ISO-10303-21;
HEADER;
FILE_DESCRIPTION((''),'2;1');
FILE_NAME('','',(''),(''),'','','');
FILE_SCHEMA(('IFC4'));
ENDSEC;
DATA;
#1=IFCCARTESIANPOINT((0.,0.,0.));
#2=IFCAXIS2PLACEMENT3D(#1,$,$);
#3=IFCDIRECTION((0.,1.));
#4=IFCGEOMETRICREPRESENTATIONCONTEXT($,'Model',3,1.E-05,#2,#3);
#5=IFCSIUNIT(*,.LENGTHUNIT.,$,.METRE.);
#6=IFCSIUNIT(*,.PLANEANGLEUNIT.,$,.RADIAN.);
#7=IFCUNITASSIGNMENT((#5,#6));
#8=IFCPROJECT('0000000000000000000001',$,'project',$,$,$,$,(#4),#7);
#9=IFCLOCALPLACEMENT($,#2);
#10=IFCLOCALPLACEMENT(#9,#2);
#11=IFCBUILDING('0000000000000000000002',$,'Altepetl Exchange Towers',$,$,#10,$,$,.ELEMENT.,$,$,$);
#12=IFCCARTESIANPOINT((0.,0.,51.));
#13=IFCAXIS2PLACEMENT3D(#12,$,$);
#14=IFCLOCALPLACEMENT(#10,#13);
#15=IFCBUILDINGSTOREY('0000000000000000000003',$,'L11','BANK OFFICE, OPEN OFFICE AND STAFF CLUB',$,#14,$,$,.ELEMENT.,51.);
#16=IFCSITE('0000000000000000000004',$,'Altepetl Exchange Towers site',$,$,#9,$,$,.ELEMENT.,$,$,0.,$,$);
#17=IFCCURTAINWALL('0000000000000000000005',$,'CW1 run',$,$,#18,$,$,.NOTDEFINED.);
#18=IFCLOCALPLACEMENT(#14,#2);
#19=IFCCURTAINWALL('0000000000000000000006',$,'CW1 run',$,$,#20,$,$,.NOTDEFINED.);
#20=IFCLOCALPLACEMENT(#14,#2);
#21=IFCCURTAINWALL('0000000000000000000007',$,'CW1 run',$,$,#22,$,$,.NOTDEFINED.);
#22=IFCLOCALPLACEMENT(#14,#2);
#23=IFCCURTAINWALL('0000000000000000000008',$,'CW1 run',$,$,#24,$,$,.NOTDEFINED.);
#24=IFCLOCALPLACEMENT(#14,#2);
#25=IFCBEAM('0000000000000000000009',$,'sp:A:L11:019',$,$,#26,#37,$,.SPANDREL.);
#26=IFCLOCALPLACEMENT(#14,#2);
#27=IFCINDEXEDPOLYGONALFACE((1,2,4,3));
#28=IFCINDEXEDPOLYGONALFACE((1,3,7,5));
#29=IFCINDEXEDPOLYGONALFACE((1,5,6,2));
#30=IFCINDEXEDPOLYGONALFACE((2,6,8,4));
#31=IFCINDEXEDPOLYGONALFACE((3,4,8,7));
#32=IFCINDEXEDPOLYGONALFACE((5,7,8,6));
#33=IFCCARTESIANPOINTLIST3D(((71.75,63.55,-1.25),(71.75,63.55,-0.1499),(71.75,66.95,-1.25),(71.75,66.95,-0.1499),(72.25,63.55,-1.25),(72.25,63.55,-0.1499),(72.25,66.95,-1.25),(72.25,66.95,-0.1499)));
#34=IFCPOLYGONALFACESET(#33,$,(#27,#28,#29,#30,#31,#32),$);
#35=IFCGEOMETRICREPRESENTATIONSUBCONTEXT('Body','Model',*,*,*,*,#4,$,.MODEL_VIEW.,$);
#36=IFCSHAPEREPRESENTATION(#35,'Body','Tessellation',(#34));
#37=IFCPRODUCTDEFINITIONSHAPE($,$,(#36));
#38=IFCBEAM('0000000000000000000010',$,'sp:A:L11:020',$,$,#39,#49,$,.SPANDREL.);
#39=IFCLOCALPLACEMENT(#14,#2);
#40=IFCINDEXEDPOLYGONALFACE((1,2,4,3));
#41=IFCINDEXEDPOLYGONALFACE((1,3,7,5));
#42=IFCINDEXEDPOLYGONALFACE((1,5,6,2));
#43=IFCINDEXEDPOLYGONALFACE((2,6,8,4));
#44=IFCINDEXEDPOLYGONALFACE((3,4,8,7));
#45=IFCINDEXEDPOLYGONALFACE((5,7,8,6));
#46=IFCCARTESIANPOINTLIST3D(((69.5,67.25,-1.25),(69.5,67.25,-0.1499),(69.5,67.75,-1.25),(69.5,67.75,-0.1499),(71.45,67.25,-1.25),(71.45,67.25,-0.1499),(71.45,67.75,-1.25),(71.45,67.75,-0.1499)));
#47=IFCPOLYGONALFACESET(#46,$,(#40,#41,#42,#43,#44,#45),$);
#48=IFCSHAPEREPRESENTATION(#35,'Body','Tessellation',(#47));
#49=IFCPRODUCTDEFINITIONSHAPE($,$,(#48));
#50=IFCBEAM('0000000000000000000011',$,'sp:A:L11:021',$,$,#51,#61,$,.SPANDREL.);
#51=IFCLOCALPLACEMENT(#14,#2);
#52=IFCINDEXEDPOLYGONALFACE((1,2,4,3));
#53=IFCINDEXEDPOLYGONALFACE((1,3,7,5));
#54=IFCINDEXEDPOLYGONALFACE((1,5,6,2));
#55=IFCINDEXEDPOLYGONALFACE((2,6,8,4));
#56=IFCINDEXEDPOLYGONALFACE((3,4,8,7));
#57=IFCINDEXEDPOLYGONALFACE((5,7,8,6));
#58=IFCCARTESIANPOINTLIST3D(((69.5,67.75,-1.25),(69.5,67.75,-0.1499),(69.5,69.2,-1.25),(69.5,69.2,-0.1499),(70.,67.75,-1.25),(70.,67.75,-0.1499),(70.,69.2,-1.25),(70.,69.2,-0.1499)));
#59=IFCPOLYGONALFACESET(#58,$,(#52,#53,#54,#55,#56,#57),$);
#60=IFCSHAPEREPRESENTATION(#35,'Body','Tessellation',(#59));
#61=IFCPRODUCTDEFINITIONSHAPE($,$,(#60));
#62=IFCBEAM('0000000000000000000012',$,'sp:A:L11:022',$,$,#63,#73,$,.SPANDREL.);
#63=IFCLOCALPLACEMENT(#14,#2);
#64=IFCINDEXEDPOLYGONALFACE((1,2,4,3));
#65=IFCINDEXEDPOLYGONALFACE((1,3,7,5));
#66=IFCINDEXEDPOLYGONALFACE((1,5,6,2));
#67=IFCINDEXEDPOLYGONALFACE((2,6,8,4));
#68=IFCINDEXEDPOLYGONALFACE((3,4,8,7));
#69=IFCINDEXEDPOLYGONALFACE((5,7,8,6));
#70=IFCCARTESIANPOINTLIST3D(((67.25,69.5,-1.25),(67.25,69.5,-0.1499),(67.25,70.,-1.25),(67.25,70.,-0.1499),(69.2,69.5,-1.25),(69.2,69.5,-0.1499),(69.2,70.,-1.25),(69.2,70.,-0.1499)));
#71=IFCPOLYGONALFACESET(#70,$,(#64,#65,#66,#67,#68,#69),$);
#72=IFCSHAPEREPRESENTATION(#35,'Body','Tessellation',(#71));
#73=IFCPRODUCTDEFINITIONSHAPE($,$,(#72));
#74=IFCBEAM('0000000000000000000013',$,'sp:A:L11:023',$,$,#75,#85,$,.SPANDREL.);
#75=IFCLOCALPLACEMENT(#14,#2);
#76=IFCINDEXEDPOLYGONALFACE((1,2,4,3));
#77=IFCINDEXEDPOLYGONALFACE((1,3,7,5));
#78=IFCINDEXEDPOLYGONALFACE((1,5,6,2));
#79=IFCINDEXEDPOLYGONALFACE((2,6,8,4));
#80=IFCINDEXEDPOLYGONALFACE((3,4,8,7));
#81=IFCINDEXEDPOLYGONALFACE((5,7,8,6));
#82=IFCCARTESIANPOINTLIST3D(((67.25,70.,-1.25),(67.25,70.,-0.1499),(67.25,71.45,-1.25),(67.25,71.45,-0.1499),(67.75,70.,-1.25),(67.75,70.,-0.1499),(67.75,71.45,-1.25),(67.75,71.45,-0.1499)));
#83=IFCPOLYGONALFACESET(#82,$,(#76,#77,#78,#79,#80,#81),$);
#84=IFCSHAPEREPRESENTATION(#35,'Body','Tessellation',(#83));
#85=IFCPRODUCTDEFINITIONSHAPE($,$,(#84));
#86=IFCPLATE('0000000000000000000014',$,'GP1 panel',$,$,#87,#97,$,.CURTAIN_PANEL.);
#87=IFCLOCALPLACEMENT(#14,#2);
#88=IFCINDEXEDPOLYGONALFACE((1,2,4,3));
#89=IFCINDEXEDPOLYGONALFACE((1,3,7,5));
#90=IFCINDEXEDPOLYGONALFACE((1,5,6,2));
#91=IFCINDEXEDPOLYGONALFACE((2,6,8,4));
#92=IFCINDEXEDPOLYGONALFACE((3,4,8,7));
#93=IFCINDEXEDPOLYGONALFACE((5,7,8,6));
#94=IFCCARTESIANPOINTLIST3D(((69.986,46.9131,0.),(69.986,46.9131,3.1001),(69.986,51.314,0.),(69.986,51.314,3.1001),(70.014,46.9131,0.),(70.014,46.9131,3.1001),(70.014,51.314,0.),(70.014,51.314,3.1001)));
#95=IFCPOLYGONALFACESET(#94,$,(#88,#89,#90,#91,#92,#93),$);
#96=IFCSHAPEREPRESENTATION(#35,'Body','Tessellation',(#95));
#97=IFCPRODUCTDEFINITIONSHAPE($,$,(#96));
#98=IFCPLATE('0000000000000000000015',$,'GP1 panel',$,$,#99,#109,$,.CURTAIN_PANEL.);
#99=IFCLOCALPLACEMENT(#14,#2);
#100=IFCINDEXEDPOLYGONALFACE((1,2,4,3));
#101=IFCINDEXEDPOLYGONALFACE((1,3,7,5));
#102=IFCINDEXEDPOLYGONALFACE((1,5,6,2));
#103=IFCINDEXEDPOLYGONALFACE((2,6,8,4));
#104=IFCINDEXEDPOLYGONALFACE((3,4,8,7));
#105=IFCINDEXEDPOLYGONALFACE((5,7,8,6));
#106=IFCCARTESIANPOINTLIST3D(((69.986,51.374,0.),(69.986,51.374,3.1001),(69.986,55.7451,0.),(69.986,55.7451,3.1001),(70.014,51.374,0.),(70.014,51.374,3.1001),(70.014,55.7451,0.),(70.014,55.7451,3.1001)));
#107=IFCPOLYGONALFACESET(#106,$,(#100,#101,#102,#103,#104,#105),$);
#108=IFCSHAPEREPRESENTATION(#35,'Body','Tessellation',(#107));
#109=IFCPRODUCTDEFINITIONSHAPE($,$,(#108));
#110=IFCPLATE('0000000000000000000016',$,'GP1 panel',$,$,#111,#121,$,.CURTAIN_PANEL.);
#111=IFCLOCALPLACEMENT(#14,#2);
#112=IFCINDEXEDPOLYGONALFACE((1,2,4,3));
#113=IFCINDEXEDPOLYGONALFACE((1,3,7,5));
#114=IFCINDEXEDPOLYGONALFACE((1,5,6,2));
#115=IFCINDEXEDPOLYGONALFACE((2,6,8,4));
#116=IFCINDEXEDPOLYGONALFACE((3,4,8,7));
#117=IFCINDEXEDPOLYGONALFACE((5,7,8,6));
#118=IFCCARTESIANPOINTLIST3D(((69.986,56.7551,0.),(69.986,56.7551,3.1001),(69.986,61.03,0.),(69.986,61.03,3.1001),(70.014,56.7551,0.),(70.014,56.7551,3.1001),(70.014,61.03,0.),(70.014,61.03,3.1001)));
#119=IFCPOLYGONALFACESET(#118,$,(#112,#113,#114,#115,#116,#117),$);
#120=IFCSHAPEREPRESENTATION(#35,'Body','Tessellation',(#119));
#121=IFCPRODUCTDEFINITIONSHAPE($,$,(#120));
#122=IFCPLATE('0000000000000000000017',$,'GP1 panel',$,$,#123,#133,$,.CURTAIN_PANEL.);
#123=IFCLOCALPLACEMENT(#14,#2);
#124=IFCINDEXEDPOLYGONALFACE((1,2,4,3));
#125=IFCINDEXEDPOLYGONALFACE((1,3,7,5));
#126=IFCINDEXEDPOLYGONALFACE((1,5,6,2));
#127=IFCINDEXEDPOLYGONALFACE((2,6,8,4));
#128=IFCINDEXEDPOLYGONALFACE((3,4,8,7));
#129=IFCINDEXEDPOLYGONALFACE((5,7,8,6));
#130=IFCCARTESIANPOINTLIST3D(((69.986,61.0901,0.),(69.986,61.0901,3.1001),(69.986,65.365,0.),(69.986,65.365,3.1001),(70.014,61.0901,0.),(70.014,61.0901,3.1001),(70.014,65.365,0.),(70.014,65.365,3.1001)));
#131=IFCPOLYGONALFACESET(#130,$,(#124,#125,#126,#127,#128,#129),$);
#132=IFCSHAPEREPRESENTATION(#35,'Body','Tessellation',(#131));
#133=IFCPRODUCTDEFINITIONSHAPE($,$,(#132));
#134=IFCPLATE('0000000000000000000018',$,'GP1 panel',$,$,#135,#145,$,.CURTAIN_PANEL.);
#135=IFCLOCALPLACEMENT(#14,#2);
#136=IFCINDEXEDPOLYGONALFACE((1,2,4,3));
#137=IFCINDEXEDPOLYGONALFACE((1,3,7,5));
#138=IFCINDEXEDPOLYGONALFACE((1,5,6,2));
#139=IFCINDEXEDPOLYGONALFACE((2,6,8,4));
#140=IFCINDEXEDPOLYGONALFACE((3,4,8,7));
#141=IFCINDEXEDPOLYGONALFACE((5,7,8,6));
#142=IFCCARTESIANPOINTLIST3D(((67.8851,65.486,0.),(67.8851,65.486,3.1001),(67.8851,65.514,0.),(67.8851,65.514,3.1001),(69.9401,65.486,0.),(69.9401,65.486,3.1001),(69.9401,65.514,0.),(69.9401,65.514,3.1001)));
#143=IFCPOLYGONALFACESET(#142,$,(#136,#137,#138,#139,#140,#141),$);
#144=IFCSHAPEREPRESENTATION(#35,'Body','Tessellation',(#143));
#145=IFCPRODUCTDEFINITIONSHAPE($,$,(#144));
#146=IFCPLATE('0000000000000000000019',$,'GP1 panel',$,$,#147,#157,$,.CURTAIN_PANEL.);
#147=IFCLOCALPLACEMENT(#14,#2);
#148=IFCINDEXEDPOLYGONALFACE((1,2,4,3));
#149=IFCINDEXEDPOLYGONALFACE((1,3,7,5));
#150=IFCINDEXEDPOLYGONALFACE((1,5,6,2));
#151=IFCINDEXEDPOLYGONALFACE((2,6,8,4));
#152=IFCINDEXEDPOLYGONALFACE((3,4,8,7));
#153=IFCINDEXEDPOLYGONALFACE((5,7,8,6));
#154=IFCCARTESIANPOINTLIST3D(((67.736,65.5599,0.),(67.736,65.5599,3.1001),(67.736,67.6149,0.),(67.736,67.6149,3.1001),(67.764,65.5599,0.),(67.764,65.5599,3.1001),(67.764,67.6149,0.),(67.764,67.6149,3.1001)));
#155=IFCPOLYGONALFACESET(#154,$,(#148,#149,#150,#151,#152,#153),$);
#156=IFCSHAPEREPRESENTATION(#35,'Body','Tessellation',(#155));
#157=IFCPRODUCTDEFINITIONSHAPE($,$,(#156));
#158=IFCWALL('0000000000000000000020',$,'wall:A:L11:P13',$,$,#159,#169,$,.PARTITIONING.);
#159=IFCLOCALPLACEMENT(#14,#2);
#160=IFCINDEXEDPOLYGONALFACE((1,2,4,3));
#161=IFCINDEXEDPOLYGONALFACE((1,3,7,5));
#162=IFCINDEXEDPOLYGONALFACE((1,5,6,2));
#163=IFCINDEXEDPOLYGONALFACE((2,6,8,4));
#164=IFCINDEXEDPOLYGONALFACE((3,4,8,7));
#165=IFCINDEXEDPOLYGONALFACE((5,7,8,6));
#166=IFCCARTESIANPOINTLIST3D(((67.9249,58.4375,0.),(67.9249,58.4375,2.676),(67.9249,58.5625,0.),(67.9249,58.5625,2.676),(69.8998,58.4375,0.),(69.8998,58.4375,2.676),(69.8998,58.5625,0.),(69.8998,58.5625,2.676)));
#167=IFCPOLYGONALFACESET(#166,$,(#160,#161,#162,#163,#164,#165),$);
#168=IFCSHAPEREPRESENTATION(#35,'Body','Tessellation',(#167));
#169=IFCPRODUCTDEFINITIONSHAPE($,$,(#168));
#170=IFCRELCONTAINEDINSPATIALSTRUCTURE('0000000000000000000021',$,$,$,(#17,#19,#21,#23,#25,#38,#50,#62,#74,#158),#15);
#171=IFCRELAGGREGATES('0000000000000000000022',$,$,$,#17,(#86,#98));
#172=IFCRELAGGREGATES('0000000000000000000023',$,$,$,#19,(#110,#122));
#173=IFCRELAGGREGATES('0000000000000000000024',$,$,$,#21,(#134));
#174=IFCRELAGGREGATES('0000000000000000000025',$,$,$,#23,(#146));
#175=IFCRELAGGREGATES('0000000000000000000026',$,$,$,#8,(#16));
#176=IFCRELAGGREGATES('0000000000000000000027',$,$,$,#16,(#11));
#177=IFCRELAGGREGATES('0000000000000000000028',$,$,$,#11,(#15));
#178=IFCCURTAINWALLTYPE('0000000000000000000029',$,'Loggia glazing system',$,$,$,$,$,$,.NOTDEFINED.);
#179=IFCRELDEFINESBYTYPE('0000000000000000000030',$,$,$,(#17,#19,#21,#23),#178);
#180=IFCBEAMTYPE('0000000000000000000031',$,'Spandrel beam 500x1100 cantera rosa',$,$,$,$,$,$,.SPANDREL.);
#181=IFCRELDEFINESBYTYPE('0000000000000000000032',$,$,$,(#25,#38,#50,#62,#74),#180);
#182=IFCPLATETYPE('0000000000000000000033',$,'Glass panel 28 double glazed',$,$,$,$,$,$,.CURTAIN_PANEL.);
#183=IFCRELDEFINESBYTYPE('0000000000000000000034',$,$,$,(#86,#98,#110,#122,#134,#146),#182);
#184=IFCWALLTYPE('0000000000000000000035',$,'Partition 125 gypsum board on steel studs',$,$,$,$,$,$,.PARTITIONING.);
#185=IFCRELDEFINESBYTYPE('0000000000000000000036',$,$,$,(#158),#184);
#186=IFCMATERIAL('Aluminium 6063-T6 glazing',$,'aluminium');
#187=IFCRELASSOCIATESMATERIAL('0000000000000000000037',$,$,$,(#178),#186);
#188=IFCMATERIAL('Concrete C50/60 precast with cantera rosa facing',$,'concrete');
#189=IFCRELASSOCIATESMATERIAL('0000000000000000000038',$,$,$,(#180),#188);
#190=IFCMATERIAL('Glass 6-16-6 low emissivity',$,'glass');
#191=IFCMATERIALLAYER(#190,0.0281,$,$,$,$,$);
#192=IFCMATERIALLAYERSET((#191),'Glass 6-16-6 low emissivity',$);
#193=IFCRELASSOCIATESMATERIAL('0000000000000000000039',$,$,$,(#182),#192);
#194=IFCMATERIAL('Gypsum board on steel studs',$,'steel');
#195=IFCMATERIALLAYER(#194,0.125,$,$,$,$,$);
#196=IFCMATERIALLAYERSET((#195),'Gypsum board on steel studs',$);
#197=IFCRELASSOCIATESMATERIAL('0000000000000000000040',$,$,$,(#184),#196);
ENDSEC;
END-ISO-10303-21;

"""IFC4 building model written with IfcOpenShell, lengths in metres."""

from ifc_helpers import new_model, si_unit, direction, frame, frame_2d, origin, origin_2d, place, context, subcontext, project, spatial, rectangle, extrude, material, layer, layer_set, material_profile, profile_set, type_object, element, aggregate, save


model = new_model("IFC4")

# Units and contexts
model_context = context("Model", 3, precision=1e-05, world=origin(), true_north=direction((0.0, 1.0)))
body_context = subcontext(model_context, "Body", "Model", "MODEL_VIEW")
ifc_project = project(units=[si_unit("LENGTHUNIT", "METRE"), si_unit("PLANEANGLEUNIT", "RADIAN")], contexts=[model_context])

# Site, building, storey
site_placement = place(None, origin())
site = spatial("IfcSite", under=ifc_project, at=site_placement, Name="Altepetl Exchange Towers site", CompositionType="ELEMENT", RefElevation=0.0)
building_placement = place(site_placement, origin())
building = spatial("IfcBuilding", under=site, at=building_placement, Name="Altepetl Exchange Towers", CompositionType="ELEMENT")
storey_placement = place(building_placement, frame((0.0, 0.0, 51.0)))
storey = spatial("IfcBuildingStorey", under=building, at=storey_placement, Name="L11", Description="BANK OFFICE, OPEN OFFICE AND STAFF CLUB", CompositionType="ELEMENT", Elevation=51.0)

# Curtain walls
ifc_material_1 = material(Name="Aluminium 6063-T6 glazing", Category="aluminium")
curtain_wall_type = type_object("IfcCurtainWallType", Name="Loggia glazing system", PredefinedType="NOTDEFINED", material=ifc_material_1)
curtain_wall_1_placement = place(storey_placement, origin())
curtain_wall_1 = element("IfcCurtainWall", 1, at=curtain_wall_1_placement, inside=storey, type_object=curtain_wall_type, Name="CW1 run", PredefinedType="NOTDEFINED")
curtain_wall_2_placement = place(storey_placement, origin())
curtain_wall_2 = element("IfcCurtainWall", 2, at=curtain_wall_2_placement, inside=storey, type_object=curtain_wall_type, Name="CW1 run", PredefinedType="NOTDEFINED")
curtain_wall_3_placement = place(storey_placement, origin())
curtain_wall_3 = element("IfcCurtainWall", 3, at=curtain_wall_3_placement, inside=storey, type_object=curtain_wall_type, Name="CW1 run", PredefinedType="NOTDEFINED")
curtain_wall_4_placement = place(storey_placement, origin())
curtain_wall_4 = element("IfcCurtainWall", 4, at=curtain_wall_4_placement, inside=storey, type_object=curtain_wall_type, Name="CW1 run", PredefinedType="NOTDEFINED")

# Beams
ifc_material_2 = material(Name="Concrete C50/60 precast with cantera rosa facing", Category="concrete")
ifc_material_profile_1 = material_profile(ifc_material_2, rectangle(XDim=0.5, YDim=1.1001, at=origin_2d()), Name="500 x 1100")
ifc_profile_set_1 = profile_set([ifc_material_profile_1], Name="Concrete C50/60 precast with cantera rosa facing")
beam_type_1 = type_object("IfcBeamType", Name="Spandrel beam 500x1100 cantera rosa", PredefinedType="SPANDREL", material=ifc_profile_set_1)
for number, where, z_axis, x_axis, name in (
    (5, (72.0, 63.55, -0.7), (0.0, 1.0, 0.0), (-1.0, 0.0, 0.0), "sp:A:L11:019"),
):
    element("IfcBeam", number, at=place(storey_placement, frame(where, z_axis=z_axis, x_axis=x_axis)), inside=storey, type_object=beam_type_1, Name=name, PredefinedType="SPANDREL", context=body_context, shape_type="SweptSolid", body=[
        extrude(rectangle(XDim=0.5, YDim=1.1001, at=origin_2d()), origin(), (0.0, 0.0, 1.0), 3.3999),
    ])
beam_1_placement = place(storey_placement, frame((71.45, 67.5, -0.7), z_axis=(-1.0, 0.0, 0.0), x_axis=(0.0, -1.0, 0.0)))
element("IfcBeam", 6, at=beam_1_placement, inside=storey, type_object=beam_type_1, Name="sp:A:L11:020", PredefinedType="SPANDREL", context=body_context, shape_type="SweptSolid", body=[
    extrude(rectangle(XDim=0.5, YDim=1.1001, at=origin_2d()), origin(), (0.0, 0.0, 1.0), 1.95),
])
beam_2_placement = place(storey_placement, frame((69.75, 67.75, -0.7), z_axis=(0.0, 1.0, 0.0), x_axis=(-1.0, 0.0, 0.0)))
element("IfcBeam", 7, at=beam_2_placement, inside=storey, type_object=beam_type_1, Name="sp:A:L11:021", PredefinedType="SPANDREL", context=body_context, shape_type="SweptSolid", body=[
    extrude(rectangle(XDim=0.5, YDim=1.1001, at=origin_2d()), origin(), (0.0, 0.0, 1.0), 1.45),
])
beam_3_placement = place(storey_placement, frame((69.2, 69.75, -0.7), z_axis=(-1.0, 0.0, 0.0), x_axis=(0.0, -1.0, 0.0)))
element("IfcBeam", 8, at=beam_3_placement, inside=storey, type_object=beam_type_1, Name="sp:A:L11:022", PredefinedType="SPANDREL", context=body_context, shape_type="SweptSolid", body=[
    extrude(rectangle(XDim=0.5, YDim=1.1001, at=origin_2d()), origin(), (0.0, 0.0, 1.0), 1.95),
])
beam_4_placement = place(storey_placement, frame((67.5, 70.0, -0.7), z_axis=(0.0, 1.0, 0.0), x_axis=(-1.0, 0.0, 0.0)))
element("IfcBeam", 9, at=beam_4_placement, inside=storey, type_object=beam_type_1, Name="sp:A:L11:023", PredefinedType="SPANDREL", context=body_context, shape_type="SweptSolid", body=[
    extrude(rectangle(XDim=0.5, YDim=1.1001, at=origin_2d()), origin(), (0.0, 0.0, 1.0), 1.45),
])

# Plates
ifc_material_3 = material(Name="Glass 6-16-6 low emissivity", Category="glass")
ifc_layer_1 = layer(ifc_material_3, 0.0281)
ifc_layer_set_1 = layer_set([ifc_layer_1], Name="Glass 6-16-6 low emissivity")
plate_type = type_object("IfcPlateType", Name="Glass panel 28 double glazed", PredefinedType="CURTAIN_PANEL", material=ifc_layer_set_1)
plate_1_placement = place(storey_placement, frame((70.0, 49.1135, 0.0), z_axis=(0.0, 0.0, 1.0), x_axis=(0.0, 1.0, 0.0)))
plate_1 = element("IfcPlate", 10, at=plate_1_placement, type_object=plate_type, Name="GP1 panel", PredefinedType="CURTAIN_PANEL", context=body_context, shape_type="SweptSolid", body=[
    extrude(rectangle(XDim=4.4009, YDim=0.0281, at=origin_2d()), origin(), (0.0, 0.0, 1.0), 3.1001),
])
plate_2_placement = place(storey_placement, frame((70.0, 53.5596, 0.0), z_axis=(0.0, 0.0, 1.0), x_axis=(0.0, 1.0, 0.0)))
plate_2 = element("IfcPlate", 11, at=plate_2_placement, type_object=plate_type, Name="GP1 panel", PredefinedType="CURTAIN_PANEL", context=body_context, shape_type="SweptSolid", body=[
    extrude(rectangle(XDim=4.3711, YDim=0.0281, at=origin_2d()), origin(), (0.0, 0.0, 1.0), 3.1001),
])
aggregate(curtain_wall_1, [plate_1, plate_2])
plate_3_placement = place(storey_placement, frame((70.0, 58.8926, 0.0), z_axis=(0.0, 0.0, 1.0), x_axis=(0.0, 1.0, 0.0)))
plate_3 = element("IfcPlate", 12, at=plate_3_placement, type_object=plate_type, Name="GP1 panel", PredefinedType="CURTAIN_PANEL", context=body_context, shape_type="SweptSolid", body=[
    extrude(rectangle(XDim=4.2749, YDim=0.0281, at=origin_2d()), origin(), (0.0, 0.0, 1.0), 3.1001),
])
plate_4_placement = place(storey_placement, frame((70.0, 63.2275, 0.0), z_axis=(0.0, 0.0, 1.0), x_axis=(0.0, 1.0, 0.0)))
plate_4 = element("IfcPlate", 13, at=plate_4_placement, type_object=plate_type, Name="GP1 panel", PredefinedType="CURTAIN_PANEL", context=body_context, shape_type="SweptSolid", body=[
    extrude(rectangle(XDim=4.2749, YDim=0.0281, at=origin_2d()), origin(), (0.0, 0.0, 1.0), 3.1001),
])
aggregate(curtain_wall_2, [plate_3, plate_4])
plate_5_placement = place(storey_placement, frame((68.9126, 65.5, 0.0), z_axis=(0.0, 0.0, 1.0), x_axis=(-1.0, 0.0, 0.0)))
plate_5 = element("IfcPlate", 14, at=plate_5_placement, type_object=plate_type, Name="GP1 panel", PredefinedType="CURTAIN_PANEL", context=body_context, shape_type="SweptSolid", body=[
    extrude(rectangle(XDim=2.0549, YDim=0.0281, at=origin_2d()), origin(), (0.0, 0.0, 1.0), 3.1001),
])
aggregate(curtain_wall_3, [plate_5])
plate_6_placement = place(storey_placement, frame((67.75, 66.5874, 0.0), z_axis=(0.0, 0.0, 1.0), x_axis=(0.0, 1.0, 0.0)))
plate_6 = element("IfcPlate", 15, at=plate_6_placement, type_object=plate_type, Name="GP1 panel", PredefinedType="CURTAIN_PANEL", context=body_context, shape_type="SweptSolid", body=[
    extrude(rectangle(XDim=2.0549, YDim=0.0281, at=origin_2d()), origin(), (0.0, 0.0, 1.0), 3.1001),
])
aggregate(curtain_wall_4, [plate_6])

# Wall
ifc_material_4 = material(Name="Gypsum board on steel studs", Category="steel")
ifc_layer_2 = layer(ifc_material_4, 0.125)
ifc_layer_set_2 = layer_set([ifc_layer_2], Name="Gypsum board on steel studs")
wall_type = type_object("IfcWallType", Name="Partition 125 gypsum board on steel studs", PredefinedType="PARTITIONING", material=ifc_layer_set_2)
wall_placement = place(storey_placement, frame((67.925, 58.5, 0.0)))
element("IfcWall", 16, at=wall_placement, inside=storey, type_object=wall_type, Name="wall:A:L11:P13", PredefinedType="PARTITIONING", context=body_context, shape_type="SweptSolid", body=[
    extrude(rectangle(XDim=1.9749, YDim=0.125, at=frame_2d((0.9873, 0.0))), origin(), (0.0, 0.0, 1.0), 2.676),
])

save(model, "model.ifc")
